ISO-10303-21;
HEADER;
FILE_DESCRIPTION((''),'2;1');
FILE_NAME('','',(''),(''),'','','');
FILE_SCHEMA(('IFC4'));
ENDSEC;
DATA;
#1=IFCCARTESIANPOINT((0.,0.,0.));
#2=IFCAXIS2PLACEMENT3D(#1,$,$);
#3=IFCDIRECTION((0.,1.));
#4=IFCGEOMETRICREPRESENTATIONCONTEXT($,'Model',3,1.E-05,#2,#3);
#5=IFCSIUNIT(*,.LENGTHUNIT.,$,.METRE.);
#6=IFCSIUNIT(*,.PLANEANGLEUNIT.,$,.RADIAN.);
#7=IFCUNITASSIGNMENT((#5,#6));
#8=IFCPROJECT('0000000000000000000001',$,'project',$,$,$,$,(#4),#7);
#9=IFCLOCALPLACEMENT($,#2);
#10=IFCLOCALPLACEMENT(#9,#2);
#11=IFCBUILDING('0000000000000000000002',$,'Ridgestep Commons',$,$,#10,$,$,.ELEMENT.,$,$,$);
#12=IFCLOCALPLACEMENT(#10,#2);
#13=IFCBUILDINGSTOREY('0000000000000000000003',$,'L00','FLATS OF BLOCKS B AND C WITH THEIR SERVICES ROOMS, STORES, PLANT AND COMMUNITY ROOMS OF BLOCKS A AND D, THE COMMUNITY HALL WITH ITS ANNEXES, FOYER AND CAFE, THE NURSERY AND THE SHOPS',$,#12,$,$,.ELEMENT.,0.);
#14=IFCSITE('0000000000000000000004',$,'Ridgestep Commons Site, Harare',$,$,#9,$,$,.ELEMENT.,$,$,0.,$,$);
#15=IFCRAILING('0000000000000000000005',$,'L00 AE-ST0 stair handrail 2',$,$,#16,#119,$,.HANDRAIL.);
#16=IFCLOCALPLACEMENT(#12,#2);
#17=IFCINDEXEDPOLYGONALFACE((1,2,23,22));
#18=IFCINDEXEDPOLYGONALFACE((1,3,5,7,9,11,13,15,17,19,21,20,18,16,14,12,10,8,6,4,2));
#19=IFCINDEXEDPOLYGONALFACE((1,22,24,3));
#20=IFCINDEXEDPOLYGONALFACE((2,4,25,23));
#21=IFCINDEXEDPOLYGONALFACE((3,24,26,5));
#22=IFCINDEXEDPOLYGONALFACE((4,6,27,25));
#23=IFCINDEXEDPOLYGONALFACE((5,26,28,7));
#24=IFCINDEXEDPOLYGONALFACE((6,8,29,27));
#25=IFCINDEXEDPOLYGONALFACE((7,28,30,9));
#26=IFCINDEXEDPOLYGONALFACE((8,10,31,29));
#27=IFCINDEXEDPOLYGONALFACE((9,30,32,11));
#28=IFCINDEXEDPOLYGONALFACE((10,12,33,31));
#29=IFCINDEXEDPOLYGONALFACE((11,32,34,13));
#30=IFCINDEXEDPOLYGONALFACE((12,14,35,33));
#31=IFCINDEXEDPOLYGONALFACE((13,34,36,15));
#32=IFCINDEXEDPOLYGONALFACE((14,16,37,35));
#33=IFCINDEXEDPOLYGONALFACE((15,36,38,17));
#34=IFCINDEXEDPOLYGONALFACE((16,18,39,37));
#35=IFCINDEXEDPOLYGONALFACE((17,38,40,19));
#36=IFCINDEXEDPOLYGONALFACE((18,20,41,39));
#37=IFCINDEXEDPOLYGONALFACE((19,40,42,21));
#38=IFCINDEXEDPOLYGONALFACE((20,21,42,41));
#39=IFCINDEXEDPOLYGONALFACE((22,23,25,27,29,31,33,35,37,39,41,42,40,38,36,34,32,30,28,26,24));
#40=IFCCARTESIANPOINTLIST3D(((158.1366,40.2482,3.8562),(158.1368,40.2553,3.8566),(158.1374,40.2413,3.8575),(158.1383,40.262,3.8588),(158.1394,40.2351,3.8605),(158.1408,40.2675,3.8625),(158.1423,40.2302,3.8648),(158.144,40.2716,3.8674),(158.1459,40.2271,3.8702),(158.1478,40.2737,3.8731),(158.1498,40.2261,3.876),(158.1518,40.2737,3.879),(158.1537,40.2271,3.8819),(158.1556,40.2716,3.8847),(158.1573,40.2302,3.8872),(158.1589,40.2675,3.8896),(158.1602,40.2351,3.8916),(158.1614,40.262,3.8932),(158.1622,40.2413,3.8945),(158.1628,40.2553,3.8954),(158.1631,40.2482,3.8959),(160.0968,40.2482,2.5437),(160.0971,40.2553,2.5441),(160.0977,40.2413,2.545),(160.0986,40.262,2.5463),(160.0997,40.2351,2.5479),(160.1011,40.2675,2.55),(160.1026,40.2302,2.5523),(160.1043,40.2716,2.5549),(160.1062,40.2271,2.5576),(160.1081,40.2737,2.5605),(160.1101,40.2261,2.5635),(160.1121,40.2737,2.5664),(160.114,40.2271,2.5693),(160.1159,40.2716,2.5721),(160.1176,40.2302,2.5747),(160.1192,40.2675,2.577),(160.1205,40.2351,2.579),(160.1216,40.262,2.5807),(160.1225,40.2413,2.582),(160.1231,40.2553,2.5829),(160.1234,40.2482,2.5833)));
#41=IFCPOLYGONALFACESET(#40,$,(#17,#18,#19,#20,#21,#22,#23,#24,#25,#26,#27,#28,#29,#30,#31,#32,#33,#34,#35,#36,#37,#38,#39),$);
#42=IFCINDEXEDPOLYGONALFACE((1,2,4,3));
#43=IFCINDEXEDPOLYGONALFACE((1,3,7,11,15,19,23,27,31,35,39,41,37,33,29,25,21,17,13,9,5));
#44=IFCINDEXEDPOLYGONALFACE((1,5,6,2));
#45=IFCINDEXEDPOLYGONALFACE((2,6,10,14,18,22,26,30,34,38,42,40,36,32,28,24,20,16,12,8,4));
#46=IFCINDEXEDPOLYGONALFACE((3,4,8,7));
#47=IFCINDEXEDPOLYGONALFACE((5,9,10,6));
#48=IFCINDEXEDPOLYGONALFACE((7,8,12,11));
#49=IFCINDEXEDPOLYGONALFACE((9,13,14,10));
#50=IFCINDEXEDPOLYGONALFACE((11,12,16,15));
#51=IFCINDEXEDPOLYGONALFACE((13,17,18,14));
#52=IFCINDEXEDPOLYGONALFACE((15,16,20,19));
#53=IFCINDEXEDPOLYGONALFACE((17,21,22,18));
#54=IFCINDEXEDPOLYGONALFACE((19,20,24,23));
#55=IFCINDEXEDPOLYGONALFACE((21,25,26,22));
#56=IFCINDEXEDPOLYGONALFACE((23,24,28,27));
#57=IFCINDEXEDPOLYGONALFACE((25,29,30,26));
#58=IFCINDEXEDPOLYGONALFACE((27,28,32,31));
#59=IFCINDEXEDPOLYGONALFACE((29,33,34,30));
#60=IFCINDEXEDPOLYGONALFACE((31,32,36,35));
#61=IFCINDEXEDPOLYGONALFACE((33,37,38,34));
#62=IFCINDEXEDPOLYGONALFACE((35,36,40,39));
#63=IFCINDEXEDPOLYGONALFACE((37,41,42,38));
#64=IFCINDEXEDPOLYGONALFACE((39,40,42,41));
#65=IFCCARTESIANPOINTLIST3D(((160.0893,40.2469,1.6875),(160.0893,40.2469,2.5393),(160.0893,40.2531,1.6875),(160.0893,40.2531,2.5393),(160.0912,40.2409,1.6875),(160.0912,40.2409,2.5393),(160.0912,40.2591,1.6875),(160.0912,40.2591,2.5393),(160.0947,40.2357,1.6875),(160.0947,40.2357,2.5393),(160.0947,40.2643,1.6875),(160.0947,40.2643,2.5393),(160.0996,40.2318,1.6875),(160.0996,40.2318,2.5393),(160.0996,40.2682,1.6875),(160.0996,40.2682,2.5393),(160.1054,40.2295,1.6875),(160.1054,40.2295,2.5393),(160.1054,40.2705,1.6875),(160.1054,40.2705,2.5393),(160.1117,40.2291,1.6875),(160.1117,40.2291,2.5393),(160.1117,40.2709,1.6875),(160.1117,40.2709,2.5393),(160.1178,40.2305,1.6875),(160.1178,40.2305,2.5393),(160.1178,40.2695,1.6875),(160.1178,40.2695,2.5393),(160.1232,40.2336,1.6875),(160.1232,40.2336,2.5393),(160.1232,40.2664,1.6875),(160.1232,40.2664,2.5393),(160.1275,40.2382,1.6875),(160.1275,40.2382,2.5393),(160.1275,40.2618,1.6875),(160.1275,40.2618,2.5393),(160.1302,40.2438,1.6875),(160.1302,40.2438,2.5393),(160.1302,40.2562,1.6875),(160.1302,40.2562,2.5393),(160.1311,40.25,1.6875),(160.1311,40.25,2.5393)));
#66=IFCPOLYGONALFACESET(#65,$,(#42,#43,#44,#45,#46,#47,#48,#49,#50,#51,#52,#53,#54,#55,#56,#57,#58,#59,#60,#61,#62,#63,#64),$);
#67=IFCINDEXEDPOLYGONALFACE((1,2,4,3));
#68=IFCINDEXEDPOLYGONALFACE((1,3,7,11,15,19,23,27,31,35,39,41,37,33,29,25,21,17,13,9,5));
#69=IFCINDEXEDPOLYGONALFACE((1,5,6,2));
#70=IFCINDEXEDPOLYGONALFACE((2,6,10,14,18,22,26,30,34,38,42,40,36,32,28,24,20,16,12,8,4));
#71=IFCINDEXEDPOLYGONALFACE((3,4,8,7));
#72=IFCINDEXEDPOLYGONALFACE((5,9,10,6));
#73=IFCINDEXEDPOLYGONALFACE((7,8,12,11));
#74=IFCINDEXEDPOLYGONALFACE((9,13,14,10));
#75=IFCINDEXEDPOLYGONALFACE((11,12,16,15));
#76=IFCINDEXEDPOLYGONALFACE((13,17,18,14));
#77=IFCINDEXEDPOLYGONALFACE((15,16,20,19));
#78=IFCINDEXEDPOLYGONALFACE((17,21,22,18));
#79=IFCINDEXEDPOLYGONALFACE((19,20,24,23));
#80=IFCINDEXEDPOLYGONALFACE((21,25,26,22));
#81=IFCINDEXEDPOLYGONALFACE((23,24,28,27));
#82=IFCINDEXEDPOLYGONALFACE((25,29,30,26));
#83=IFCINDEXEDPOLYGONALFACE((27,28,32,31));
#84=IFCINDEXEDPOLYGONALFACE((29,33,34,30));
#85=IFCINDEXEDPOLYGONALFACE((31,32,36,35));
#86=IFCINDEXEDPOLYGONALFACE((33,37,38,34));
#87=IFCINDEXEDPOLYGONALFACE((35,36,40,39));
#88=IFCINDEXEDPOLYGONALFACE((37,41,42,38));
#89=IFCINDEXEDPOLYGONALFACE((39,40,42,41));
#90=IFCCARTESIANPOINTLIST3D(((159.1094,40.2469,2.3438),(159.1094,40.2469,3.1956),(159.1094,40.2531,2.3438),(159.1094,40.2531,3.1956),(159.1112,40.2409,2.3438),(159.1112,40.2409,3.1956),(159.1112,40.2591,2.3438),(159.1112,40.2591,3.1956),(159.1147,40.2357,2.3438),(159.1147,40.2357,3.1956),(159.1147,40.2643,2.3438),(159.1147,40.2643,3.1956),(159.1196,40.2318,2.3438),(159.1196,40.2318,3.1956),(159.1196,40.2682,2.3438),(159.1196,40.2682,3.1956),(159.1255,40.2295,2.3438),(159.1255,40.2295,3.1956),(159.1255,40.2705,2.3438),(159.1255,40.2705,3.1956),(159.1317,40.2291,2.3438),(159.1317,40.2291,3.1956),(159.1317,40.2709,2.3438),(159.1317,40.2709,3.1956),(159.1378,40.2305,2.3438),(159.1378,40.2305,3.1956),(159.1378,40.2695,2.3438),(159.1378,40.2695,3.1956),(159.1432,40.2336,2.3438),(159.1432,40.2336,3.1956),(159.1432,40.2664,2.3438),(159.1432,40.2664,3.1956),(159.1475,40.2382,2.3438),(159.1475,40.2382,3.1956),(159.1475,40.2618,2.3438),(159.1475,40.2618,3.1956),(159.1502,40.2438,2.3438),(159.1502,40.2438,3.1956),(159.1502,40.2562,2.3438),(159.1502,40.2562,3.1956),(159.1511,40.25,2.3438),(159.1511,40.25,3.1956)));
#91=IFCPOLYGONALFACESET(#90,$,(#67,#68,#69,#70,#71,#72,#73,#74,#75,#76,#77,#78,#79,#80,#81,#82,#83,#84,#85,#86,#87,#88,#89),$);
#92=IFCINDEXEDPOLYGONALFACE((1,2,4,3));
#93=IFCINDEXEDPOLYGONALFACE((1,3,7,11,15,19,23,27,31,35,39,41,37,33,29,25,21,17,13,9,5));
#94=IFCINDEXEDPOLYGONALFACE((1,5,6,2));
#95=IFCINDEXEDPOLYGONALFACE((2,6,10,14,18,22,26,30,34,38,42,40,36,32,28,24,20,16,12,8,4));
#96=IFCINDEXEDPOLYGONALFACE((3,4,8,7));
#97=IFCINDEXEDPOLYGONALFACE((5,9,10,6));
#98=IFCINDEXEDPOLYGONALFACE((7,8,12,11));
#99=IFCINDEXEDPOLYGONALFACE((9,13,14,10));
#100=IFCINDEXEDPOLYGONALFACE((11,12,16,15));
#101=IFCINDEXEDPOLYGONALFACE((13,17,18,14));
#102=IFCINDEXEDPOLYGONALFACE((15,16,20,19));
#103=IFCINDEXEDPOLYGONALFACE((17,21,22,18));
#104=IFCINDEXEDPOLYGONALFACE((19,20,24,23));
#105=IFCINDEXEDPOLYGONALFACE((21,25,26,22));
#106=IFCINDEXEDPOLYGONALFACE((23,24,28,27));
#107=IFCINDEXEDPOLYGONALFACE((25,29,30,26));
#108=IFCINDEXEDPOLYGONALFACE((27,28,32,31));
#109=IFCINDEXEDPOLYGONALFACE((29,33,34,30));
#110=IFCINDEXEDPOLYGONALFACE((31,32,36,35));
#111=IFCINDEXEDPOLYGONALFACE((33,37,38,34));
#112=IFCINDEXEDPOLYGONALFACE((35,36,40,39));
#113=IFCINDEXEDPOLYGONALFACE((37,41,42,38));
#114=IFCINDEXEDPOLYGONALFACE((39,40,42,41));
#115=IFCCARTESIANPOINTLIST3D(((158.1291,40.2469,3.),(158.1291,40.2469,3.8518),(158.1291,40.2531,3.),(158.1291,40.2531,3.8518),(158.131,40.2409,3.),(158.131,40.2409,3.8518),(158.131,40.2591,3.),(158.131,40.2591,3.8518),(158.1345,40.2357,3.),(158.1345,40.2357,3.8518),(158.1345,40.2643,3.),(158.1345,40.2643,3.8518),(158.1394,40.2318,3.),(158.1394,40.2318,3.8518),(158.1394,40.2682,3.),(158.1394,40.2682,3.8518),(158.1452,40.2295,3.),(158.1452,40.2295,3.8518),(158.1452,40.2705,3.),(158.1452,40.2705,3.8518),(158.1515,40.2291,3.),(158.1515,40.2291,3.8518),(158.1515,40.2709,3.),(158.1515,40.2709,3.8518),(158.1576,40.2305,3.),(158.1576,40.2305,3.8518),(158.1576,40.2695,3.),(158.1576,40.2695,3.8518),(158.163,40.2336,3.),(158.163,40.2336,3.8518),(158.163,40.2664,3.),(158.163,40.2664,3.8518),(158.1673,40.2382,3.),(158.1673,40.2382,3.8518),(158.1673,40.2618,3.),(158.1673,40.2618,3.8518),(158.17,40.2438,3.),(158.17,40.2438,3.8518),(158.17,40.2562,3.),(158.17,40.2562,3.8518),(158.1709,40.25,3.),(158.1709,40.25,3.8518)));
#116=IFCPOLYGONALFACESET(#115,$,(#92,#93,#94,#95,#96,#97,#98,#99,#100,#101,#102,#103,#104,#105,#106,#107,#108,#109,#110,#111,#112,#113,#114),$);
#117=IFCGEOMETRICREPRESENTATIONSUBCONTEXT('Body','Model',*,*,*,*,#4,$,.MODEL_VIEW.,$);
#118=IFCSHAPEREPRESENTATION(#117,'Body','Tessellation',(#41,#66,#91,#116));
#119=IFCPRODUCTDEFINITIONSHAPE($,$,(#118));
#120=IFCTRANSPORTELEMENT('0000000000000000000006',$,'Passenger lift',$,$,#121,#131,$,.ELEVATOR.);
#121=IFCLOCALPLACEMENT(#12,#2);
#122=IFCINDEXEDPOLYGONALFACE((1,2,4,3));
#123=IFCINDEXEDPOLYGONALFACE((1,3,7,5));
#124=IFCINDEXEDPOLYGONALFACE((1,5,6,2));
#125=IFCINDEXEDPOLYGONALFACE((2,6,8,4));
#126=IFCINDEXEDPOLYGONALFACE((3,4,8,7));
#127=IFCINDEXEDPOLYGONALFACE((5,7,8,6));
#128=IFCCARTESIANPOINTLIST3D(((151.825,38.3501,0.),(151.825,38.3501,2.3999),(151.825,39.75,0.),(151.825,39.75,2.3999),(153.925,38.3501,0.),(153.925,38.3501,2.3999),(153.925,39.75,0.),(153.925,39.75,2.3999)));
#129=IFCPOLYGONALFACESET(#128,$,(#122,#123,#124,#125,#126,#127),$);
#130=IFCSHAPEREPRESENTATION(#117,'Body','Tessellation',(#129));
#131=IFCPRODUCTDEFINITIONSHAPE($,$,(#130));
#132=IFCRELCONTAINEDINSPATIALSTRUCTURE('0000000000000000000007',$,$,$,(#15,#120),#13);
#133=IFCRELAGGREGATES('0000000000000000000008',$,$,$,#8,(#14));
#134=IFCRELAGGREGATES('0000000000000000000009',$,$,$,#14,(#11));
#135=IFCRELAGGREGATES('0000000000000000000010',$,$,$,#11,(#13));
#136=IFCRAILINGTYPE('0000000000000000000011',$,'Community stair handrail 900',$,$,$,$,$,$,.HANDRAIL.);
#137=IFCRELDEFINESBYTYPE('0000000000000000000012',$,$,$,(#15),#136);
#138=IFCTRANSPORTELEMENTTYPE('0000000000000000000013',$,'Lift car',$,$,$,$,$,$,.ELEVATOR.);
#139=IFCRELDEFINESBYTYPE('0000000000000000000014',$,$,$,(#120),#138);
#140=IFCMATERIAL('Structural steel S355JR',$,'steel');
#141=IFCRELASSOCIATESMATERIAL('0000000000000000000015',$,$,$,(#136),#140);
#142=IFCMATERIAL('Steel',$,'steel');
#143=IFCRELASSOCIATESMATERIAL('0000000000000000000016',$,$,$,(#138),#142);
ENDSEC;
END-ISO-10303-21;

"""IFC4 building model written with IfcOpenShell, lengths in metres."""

from ifc_helpers import new_model, si_unit, direction, frame, origin, origin_2d, place, context, subcontext, project, spatial, rectangle, circle, extrude, material, type_object, element, save


model = new_model("IFC4")

# Units and contexts
model_context = context("Model", 3, precision=1e-05, world=origin(), true_north=direction((0.0, 1.0)))
body_context = subcontext(model_context, "Body", "Model", "MODEL_VIEW")
ifc_project = project(units=[si_unit("LENGTHUNIT", "METRE"), si_unit("PLANEANGLEUNIT", "RADIAN")], contexts=[model_context])

# Site, building, storey
site_placement = place(None, origin())
site = spatial("IfcSite", under=ifc_project, at=site_placement, Name="Ridgestep Commons Site, Harare", CompositionType="ELEMENT", RefElevation=0.0)
building_placement = place(site_placement, origin())
building = spatial("IfcBuilding", under=site, at=building_placement, Name="Ridgestep Commons", CompositionType="ELEMENT")
storey_placement = place(building_placement, origin())
storey = spatial("IfcBuildingStorey", under=building, at=storey_placement, Name="L00", Description="FLATS OF BLOCKS B AND C WITH THEIR SERVICES ROOMS, STORES, PLANT AND COMMUNITY ROOMS OF BLOCKS A AND D, THE COMMUNITY HALL WITH ITS ANNEXES, FOYER AND CAFE, THE NURSERY AND THE SHOPS", CompositionType="ELEMENT", Elevation=0.0)

# Railing
ifc_material_1 = material(Name="Structural steel S355JR", Category="steel")
railing_type_1 = type_object("IfcRailingType", Name="Community stair handrail 900", PredefinedType="HANDRAIL", material=ifc_material_1)
railing_1_placement = place(storey_placement, frame((160.1101, 40.25, 1.6875)))
element("IfcRailing", 1, at=railing_1_placement, inside=storey, type_object=railing_type_1, Name="L00 AE-ST0 stair handrail 2", PredefinedType="HANDRAIL", context=body_context, shape_type="SweptSolid", body=[
    extrude(circle(Radius=0.0239, at=origin_2d()), frame((0.0, 0.0, 0.876), z_axis=(-0.830934, 0.0, 0.556371), x_axis=(0.0, -1.0, 0.0)), (0.0, 0.0, 1.0), 2.3591),
    extrude(circle(Radius=0.021, at=origin_2d()), origin(), (0.0, 0.0, 1.0), 0.8518),
    extrude(circle(Radius=0.021, at=origin_2d()), frame((-0.98, 0.0, 0.6562)), (0.0, 0.0, 1.0), 0.8518),
    extrude(circle(Radius=0.021, at=origin_2d()), frame((-1.9602, 0.0, 1.3125)), (0.0, 0.0, 1.0), 0.8518),
])

# Transport element
ifc_material_2 = material(Name="Steel", Category="steel")
transport_element_type = type_object("IfcTransportElementType", Name="Lift car", PredefinedType="ELEVATOR", material=ifc_material_2)
transport_element_placement = place(storey_placement, frame((152.875, 39.05, 0.0), z_axis=(0.0, 0.0, 1.0), x_axis=(1.0, 0.0, 0.0)))
element("IfcTransportElement", 2, at=transport_element_placement, inside=storey, type_object=transport_element_type, Name="Passenger lift", PredefinedType="ELEVATOR", context=body_context, shape_type="SweptSolid", body=[
    extrude(rectangle(XDim=2.1001, YDim=1.3999, at=origin_2d()), origin(), (0.0, 0.0, 1.0), 2.3999),
])

save(model, "model.ifc")
